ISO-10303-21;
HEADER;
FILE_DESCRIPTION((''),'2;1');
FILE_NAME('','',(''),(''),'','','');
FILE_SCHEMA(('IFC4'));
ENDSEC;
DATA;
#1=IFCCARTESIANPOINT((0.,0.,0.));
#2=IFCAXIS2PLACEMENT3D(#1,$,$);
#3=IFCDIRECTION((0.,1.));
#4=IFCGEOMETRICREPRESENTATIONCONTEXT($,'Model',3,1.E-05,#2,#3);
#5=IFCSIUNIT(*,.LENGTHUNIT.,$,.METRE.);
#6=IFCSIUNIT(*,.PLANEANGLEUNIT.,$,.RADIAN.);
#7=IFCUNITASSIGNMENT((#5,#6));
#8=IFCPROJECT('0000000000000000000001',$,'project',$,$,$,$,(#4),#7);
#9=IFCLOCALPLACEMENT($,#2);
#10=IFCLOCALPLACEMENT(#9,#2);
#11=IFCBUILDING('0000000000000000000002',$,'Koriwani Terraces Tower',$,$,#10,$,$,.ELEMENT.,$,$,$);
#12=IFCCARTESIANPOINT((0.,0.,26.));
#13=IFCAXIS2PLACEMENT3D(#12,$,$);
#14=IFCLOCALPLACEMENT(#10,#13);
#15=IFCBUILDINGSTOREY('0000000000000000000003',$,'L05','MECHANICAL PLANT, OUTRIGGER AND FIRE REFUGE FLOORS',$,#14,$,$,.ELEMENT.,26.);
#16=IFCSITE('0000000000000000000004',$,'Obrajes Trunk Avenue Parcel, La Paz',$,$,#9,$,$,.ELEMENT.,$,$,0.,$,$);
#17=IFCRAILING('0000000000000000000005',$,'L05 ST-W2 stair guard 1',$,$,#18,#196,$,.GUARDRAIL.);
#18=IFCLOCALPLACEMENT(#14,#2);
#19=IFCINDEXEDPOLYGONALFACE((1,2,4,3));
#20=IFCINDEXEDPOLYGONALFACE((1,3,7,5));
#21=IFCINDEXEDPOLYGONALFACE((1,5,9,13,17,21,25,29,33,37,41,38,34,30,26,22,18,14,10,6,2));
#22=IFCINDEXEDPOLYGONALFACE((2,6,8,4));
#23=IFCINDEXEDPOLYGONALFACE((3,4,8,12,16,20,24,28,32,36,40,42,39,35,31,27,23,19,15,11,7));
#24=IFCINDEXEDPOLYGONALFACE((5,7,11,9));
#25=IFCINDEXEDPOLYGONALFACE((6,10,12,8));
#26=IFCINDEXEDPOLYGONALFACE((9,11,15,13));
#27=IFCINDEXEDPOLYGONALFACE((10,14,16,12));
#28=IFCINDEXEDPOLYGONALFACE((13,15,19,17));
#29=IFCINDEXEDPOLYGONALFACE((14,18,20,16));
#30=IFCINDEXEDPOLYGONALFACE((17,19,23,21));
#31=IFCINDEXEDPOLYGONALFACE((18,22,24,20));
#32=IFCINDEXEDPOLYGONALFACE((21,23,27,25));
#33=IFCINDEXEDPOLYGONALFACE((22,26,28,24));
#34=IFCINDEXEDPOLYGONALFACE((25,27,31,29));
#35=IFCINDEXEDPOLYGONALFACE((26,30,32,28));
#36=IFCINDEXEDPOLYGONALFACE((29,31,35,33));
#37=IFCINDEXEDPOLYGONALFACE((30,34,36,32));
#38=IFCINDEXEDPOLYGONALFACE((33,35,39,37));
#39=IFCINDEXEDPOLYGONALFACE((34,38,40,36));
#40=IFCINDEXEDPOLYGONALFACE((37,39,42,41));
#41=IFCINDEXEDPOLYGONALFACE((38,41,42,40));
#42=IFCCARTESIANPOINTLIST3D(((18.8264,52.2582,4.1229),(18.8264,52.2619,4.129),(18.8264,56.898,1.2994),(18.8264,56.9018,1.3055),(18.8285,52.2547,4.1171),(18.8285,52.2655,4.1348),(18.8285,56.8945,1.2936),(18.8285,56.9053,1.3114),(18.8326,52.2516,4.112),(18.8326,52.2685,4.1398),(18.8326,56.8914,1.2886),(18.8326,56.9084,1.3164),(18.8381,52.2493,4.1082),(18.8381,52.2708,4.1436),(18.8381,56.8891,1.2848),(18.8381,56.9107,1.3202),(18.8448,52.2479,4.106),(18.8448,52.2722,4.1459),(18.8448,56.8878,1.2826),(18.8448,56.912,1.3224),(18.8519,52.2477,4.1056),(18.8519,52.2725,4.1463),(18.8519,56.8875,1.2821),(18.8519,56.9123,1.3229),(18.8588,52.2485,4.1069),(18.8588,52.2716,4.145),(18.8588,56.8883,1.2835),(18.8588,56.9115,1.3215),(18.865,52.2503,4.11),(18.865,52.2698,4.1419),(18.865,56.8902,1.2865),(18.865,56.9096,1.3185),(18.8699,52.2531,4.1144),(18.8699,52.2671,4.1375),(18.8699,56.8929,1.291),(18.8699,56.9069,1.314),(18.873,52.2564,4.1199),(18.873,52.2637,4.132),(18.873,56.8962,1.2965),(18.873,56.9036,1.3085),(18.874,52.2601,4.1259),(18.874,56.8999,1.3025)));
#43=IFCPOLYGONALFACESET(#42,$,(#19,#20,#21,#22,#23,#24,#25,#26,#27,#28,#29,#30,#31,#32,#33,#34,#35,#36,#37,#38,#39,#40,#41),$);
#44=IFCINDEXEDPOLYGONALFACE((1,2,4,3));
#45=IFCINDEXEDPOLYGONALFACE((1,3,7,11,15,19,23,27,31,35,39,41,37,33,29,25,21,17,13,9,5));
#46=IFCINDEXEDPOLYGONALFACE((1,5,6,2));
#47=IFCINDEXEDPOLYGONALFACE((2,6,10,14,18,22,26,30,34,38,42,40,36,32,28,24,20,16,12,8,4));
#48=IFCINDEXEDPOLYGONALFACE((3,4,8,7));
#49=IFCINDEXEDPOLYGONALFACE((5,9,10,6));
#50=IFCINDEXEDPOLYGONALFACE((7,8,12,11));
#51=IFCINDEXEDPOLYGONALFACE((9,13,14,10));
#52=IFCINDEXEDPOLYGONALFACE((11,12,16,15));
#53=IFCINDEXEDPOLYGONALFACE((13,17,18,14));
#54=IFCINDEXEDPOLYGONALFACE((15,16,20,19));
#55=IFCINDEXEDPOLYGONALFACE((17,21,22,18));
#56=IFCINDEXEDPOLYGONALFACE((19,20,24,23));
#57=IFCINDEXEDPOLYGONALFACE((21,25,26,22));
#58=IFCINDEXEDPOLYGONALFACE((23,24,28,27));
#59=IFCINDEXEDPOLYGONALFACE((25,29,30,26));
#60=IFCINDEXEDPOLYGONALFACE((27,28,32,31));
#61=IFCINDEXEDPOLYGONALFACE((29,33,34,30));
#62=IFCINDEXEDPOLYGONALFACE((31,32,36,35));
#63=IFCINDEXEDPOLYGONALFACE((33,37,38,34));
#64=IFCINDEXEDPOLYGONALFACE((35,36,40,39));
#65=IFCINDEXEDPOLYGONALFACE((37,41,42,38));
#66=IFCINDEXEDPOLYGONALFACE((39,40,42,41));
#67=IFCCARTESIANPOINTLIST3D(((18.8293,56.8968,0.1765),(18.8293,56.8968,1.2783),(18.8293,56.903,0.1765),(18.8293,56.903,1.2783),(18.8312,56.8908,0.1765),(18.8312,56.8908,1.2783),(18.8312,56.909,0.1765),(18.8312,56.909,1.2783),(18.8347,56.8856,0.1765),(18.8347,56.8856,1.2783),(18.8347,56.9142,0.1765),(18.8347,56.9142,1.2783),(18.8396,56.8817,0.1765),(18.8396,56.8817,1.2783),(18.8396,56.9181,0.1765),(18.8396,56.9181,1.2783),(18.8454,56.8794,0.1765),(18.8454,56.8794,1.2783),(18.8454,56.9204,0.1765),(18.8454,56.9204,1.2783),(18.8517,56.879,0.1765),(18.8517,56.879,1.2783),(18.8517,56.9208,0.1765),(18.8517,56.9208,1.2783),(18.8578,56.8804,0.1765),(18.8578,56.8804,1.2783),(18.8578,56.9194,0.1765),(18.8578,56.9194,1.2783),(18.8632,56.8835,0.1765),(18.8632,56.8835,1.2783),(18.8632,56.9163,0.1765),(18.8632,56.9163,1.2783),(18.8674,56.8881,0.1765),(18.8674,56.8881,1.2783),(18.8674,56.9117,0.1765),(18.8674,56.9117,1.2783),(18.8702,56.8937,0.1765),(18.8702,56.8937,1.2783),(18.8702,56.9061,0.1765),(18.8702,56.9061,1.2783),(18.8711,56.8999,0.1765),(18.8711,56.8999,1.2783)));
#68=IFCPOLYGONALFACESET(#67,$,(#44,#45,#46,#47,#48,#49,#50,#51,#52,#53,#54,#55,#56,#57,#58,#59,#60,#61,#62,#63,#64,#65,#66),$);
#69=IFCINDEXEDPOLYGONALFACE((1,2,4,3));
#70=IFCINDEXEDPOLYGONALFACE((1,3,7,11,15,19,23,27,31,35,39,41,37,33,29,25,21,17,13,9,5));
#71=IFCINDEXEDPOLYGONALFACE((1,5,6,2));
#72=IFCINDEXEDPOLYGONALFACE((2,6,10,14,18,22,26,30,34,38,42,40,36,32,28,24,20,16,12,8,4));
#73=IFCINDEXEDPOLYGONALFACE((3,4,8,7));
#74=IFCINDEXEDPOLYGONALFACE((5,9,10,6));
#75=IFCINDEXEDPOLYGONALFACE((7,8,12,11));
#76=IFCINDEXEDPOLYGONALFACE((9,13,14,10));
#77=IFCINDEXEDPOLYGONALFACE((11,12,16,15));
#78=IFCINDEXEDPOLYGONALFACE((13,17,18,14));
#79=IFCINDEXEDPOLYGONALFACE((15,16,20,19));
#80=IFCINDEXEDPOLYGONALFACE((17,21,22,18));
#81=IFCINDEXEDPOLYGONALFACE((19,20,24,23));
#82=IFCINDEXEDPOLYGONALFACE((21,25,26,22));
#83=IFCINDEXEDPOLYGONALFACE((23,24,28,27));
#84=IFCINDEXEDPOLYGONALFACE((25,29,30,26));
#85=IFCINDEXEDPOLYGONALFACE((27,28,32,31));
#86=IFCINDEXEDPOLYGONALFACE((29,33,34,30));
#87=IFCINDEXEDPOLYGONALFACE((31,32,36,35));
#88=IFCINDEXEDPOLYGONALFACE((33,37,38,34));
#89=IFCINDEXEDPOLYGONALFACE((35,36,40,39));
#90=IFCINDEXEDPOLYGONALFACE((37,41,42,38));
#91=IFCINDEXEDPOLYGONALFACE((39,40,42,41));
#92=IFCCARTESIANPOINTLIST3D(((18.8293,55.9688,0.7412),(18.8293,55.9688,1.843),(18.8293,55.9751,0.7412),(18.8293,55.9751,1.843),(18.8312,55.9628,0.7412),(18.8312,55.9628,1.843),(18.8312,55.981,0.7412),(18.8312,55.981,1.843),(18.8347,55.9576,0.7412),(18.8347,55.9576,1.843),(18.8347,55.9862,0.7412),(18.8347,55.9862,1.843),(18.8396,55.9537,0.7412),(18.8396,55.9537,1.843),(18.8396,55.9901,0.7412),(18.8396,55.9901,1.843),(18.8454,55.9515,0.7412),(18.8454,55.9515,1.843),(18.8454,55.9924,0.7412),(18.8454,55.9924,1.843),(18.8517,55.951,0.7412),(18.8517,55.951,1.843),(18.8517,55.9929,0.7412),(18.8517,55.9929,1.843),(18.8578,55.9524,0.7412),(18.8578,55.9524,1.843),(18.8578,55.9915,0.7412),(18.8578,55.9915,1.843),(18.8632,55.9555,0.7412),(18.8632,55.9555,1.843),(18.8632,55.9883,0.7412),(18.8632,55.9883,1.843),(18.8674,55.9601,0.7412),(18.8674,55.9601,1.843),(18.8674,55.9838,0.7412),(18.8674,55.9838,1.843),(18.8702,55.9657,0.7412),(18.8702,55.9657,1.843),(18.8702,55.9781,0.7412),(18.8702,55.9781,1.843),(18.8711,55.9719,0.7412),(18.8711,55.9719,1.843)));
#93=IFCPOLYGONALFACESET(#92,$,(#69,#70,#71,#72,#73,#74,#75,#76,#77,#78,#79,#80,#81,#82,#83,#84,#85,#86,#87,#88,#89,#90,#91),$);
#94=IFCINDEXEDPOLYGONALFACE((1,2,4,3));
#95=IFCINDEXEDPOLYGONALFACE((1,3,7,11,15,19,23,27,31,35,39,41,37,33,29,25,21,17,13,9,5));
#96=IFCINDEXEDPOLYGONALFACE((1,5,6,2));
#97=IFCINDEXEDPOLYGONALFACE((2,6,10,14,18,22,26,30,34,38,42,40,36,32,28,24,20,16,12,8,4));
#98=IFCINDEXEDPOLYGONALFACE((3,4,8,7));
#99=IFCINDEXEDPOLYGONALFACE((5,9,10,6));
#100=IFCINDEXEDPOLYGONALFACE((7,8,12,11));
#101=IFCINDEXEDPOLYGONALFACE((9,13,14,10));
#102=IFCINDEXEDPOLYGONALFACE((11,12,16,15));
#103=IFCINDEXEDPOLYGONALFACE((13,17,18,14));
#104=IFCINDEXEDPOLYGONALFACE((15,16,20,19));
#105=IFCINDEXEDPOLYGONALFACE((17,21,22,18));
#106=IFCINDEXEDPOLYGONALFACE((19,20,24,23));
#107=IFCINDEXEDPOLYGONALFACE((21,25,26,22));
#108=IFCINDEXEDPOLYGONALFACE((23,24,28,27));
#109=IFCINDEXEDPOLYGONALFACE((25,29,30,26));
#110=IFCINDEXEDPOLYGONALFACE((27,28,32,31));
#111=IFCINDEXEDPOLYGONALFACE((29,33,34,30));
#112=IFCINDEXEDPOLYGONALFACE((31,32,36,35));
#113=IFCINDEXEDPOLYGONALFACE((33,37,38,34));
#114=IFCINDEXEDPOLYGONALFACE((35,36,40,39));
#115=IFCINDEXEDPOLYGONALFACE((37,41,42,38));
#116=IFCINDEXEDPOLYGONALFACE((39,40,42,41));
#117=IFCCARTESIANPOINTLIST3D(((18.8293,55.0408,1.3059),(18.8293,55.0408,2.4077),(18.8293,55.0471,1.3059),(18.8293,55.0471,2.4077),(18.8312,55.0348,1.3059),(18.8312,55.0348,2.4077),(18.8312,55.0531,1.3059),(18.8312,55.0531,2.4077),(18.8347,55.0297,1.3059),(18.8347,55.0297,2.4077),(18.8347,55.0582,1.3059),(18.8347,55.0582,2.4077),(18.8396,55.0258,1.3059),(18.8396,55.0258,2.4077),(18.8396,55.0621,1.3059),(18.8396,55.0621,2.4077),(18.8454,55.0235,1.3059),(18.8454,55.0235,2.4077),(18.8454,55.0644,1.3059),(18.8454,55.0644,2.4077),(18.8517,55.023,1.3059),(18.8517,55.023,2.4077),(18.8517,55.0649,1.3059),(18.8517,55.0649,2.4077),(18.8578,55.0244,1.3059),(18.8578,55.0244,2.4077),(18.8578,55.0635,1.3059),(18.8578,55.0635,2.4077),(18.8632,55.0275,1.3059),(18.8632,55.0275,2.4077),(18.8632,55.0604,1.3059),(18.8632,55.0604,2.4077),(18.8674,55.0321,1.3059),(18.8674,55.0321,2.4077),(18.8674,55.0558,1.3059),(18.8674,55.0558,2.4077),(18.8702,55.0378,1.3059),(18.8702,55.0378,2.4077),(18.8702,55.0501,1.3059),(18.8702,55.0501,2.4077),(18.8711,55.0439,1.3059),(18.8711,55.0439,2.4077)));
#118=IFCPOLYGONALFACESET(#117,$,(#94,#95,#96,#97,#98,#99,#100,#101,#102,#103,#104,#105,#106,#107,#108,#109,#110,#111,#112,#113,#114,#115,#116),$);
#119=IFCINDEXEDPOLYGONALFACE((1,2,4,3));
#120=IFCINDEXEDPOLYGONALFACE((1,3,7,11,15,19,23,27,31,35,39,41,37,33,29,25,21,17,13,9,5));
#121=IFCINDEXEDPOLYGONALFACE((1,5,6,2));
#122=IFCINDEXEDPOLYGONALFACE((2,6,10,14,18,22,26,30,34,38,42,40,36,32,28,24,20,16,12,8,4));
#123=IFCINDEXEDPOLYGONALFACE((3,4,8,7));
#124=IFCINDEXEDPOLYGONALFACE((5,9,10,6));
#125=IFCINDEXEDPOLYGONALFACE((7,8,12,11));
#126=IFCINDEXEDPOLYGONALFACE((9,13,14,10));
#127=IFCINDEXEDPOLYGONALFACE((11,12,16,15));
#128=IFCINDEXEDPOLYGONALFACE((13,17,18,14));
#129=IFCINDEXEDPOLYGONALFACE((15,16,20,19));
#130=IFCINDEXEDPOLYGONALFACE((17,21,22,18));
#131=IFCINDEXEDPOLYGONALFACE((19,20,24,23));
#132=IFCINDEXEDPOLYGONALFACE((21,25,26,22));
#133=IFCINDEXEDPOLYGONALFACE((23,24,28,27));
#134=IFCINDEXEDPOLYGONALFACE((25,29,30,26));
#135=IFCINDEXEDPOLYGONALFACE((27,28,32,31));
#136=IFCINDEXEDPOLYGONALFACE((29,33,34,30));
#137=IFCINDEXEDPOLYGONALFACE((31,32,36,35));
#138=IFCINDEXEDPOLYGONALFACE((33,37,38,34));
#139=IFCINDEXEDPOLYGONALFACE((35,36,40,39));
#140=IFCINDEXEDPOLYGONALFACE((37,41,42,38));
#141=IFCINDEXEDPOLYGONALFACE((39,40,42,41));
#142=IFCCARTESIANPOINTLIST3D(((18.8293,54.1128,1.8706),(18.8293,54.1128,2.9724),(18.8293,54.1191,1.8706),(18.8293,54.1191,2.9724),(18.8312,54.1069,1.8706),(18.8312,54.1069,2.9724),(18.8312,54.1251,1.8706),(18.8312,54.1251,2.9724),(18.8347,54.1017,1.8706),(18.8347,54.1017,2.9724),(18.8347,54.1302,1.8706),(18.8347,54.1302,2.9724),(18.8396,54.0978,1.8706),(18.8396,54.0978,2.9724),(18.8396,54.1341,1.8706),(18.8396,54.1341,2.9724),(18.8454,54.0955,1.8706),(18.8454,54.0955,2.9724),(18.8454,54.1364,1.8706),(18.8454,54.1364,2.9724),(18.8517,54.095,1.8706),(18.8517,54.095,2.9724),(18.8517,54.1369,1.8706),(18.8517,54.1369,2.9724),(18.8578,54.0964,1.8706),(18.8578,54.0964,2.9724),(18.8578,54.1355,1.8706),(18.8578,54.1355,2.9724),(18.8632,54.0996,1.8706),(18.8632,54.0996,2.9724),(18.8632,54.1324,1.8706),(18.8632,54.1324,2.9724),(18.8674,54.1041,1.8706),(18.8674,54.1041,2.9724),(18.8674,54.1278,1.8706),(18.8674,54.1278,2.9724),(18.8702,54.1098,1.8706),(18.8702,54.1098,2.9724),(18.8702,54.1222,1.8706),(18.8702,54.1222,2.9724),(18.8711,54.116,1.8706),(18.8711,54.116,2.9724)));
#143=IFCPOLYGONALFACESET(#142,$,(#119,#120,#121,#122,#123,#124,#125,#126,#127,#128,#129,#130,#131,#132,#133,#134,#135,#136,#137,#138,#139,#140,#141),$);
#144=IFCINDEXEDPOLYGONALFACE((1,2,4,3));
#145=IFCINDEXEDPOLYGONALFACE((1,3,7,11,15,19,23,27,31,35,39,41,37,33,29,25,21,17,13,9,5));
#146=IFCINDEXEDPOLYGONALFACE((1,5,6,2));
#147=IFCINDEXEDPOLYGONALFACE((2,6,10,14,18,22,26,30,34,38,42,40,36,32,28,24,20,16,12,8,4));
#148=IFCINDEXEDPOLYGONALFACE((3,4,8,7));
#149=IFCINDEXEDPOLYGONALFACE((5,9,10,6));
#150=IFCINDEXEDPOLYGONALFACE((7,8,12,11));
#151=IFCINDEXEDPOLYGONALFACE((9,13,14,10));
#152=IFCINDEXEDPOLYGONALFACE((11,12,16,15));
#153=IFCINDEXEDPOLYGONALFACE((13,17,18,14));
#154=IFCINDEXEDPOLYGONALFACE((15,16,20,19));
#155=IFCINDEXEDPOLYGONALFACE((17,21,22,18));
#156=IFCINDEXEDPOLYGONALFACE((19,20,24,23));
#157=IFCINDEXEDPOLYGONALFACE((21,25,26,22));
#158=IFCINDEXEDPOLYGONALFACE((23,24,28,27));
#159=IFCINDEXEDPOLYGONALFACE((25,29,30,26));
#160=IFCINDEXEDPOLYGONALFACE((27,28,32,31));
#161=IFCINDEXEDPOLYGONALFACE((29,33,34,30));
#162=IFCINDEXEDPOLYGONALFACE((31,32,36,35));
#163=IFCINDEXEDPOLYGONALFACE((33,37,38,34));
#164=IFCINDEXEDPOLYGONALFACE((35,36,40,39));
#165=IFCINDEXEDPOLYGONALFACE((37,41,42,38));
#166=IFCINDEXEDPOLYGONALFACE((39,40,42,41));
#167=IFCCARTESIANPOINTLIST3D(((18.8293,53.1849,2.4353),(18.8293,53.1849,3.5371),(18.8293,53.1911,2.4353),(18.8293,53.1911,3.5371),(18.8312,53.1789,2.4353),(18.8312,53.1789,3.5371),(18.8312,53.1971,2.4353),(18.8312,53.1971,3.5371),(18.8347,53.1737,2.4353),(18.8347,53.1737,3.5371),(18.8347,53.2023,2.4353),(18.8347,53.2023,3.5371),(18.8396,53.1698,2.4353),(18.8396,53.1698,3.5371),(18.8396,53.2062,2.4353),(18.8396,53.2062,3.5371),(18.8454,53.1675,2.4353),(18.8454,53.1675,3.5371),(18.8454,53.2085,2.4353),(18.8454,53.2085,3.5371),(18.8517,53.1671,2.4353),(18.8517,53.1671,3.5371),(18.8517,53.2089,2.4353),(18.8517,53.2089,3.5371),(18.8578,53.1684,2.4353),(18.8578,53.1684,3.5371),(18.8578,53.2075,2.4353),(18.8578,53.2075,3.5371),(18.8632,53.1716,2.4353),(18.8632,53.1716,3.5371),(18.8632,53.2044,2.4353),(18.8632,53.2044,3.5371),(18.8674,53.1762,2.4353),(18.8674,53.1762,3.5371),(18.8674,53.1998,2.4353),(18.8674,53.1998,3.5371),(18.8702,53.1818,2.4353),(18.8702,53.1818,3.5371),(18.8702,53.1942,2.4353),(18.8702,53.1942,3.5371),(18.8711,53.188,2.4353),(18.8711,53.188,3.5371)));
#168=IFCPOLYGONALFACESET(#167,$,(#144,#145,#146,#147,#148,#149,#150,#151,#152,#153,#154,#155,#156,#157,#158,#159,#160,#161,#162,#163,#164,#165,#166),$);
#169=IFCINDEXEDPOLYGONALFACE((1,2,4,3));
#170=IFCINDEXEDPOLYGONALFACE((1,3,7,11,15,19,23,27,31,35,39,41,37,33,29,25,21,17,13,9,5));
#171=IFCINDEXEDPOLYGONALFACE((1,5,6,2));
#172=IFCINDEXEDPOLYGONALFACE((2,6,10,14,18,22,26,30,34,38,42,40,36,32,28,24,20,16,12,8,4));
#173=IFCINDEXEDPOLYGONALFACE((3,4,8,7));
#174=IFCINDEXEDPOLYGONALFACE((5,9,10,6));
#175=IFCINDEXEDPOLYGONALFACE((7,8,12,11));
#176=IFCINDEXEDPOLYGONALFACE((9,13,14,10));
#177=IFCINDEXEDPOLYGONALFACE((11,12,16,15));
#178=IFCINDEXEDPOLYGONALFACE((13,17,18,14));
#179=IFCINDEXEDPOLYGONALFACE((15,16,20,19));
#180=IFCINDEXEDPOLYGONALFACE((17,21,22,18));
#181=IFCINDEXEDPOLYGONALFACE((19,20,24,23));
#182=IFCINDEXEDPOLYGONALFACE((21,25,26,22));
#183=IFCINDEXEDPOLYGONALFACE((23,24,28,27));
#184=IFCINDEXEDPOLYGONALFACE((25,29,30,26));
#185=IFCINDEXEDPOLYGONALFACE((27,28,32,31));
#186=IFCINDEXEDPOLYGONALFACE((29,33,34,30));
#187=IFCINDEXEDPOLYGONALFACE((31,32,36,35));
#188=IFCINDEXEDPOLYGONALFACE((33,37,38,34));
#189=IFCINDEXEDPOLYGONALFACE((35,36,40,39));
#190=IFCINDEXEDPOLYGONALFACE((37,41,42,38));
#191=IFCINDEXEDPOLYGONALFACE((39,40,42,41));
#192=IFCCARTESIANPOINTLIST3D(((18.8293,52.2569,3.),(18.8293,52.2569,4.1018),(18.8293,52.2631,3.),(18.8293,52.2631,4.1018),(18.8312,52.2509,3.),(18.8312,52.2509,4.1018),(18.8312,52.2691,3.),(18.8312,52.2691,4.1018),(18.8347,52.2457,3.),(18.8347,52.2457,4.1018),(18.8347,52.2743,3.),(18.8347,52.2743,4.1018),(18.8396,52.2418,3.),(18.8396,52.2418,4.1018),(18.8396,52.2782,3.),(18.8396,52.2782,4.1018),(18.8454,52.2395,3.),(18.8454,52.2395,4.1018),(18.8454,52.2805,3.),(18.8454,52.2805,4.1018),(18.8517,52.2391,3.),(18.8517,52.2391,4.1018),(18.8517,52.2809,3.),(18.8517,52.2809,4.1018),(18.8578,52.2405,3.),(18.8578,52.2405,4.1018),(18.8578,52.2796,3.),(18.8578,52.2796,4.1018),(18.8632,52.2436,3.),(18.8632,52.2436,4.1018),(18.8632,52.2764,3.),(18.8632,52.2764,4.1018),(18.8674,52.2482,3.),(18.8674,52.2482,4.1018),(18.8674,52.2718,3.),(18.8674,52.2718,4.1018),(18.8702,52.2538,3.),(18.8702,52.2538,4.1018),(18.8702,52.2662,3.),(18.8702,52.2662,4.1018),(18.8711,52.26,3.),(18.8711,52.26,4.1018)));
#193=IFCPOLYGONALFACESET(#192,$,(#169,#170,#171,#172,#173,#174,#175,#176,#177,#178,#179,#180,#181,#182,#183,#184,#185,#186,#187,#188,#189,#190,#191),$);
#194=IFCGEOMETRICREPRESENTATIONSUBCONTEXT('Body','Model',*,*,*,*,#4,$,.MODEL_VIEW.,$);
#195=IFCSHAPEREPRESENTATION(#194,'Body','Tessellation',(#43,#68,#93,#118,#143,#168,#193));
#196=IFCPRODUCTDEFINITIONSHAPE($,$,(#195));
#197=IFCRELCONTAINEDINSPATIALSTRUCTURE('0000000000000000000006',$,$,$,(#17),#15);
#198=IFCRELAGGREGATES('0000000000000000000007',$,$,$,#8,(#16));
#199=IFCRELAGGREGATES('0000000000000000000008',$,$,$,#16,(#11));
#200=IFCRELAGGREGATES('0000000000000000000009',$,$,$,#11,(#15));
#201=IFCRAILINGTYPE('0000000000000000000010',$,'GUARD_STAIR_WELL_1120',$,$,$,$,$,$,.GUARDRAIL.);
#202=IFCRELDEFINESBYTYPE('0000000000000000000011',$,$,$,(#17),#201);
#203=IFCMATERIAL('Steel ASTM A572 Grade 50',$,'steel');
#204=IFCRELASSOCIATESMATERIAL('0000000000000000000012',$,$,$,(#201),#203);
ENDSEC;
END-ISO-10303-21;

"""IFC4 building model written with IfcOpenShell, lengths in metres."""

from ifc_helpers import new_model, si_unit, direction, frame, origin, origin_2d, place, context, subcontext, project, spatial, circle, extrude, material, type_object, element, save


model = new_model("IFC4")

# Units and contexts
model_context = context("Model", 3, precision=1e-05, world=origin(), true_north=direction((0.0, 1.0)))
body_context = subcontext(model_context, "Body", "Model", "MODEL_VIEW")
ifc_project = project(units=[si_unit("LENGTHUNIT", "METRE"), si_unit("PLANEANGLEUNIT", "RADIAN")], contexts=[model_context])

# Site, building, storey
site_placement = place(None, origin())
site = spatial("IfcSite", under=ifc_project, at=site_placement, Name="Obrajes Trunk Avenue Parcel, La Paz", CompositionType="ELEMENT", RefElevation=0.0)
building_placement = place(site_placement, origin())
building = spatial("IfcBuilding", under=site, at=building_placement, Name="Koriwani Terraces Tower", CompositionType="ELEMENT")
storey_placement = place(building_placement, frame((0.0, 0.0, 26.0)))
storey = spatial("IfcBuildingStorey", under=building, at=storey_placement, Name="L05", Description="MECHANICAL PLANT, OUTRIGGER AND FIRE REFUGE FLOORS", CompositionType="ELEMENT", Elevation=26.0)

# Shared definitions
ifc_material_1 = material(Name="Steel ASTM A572 Grade 50", Category="steel")

# Railing
railing_type_1 = type_object("IfcRailingType", Name="GUARD_STAIR_WELL_1120", PredefinedType="GUARDRAIL", material=ifc_material_1)
for number, where, name in (
    (1, (18.8501, 56.8999, 0.1765), "L05 ST-W2 stair guard 1"),
):
    element("IfcRailing", number, at=place(storey_placement, frame(where)), inside=storey, type_object=railing_type_1, Name=name, PredefinedType="GUARDRAIL", context=body_context, shape_type="SweptSolid", body=[
        extrude(circle(Radius=0.0239, at=origin_2d()), frame((0.0, 0.0, 1.126), z_axis=(0.0, -0.854264, 0.51984), x_axis=(1.0, 0.0, 0.0)), (0.0, 0.0, 1.0), 5.4314),
        extrude(circle(Radius=0.021, at=origin_2d()), origin(), (0.0, 0.0, 1.0), 1.1018),
        extrude(circle(Radius=0.021, at=origin_2d()), frame((0.0, -0.928, 0.5647)), (0.0, 0.0, 1.0), 1.1018),
        extrude(circle(Radius=0.021, at=origin_2d()), frame((0.0, -1.856, 1.1294)), (0.0, 0.0, 1.0), 1.1018),
        extrude(circle(Radius=0.021, at=origin_2d()), frame((0.0, -2.7839, 1.6941)), (0.0, 0.0, 1.0), 1.1018),
        extrude(circle(Radius=0.021, at=origin_2d()), frame((0.0, -3.7119, 2.2588)), (0.0, 0.0, 1.0), 1.1018),
        extrude(circle(Radius=0.021, at=origin_2d()), frame((0.0, -4.6399, 2.8235)), (0.0, 0.0, 1.0), 1.1018),
    ])

save(model, "model.ifc")
